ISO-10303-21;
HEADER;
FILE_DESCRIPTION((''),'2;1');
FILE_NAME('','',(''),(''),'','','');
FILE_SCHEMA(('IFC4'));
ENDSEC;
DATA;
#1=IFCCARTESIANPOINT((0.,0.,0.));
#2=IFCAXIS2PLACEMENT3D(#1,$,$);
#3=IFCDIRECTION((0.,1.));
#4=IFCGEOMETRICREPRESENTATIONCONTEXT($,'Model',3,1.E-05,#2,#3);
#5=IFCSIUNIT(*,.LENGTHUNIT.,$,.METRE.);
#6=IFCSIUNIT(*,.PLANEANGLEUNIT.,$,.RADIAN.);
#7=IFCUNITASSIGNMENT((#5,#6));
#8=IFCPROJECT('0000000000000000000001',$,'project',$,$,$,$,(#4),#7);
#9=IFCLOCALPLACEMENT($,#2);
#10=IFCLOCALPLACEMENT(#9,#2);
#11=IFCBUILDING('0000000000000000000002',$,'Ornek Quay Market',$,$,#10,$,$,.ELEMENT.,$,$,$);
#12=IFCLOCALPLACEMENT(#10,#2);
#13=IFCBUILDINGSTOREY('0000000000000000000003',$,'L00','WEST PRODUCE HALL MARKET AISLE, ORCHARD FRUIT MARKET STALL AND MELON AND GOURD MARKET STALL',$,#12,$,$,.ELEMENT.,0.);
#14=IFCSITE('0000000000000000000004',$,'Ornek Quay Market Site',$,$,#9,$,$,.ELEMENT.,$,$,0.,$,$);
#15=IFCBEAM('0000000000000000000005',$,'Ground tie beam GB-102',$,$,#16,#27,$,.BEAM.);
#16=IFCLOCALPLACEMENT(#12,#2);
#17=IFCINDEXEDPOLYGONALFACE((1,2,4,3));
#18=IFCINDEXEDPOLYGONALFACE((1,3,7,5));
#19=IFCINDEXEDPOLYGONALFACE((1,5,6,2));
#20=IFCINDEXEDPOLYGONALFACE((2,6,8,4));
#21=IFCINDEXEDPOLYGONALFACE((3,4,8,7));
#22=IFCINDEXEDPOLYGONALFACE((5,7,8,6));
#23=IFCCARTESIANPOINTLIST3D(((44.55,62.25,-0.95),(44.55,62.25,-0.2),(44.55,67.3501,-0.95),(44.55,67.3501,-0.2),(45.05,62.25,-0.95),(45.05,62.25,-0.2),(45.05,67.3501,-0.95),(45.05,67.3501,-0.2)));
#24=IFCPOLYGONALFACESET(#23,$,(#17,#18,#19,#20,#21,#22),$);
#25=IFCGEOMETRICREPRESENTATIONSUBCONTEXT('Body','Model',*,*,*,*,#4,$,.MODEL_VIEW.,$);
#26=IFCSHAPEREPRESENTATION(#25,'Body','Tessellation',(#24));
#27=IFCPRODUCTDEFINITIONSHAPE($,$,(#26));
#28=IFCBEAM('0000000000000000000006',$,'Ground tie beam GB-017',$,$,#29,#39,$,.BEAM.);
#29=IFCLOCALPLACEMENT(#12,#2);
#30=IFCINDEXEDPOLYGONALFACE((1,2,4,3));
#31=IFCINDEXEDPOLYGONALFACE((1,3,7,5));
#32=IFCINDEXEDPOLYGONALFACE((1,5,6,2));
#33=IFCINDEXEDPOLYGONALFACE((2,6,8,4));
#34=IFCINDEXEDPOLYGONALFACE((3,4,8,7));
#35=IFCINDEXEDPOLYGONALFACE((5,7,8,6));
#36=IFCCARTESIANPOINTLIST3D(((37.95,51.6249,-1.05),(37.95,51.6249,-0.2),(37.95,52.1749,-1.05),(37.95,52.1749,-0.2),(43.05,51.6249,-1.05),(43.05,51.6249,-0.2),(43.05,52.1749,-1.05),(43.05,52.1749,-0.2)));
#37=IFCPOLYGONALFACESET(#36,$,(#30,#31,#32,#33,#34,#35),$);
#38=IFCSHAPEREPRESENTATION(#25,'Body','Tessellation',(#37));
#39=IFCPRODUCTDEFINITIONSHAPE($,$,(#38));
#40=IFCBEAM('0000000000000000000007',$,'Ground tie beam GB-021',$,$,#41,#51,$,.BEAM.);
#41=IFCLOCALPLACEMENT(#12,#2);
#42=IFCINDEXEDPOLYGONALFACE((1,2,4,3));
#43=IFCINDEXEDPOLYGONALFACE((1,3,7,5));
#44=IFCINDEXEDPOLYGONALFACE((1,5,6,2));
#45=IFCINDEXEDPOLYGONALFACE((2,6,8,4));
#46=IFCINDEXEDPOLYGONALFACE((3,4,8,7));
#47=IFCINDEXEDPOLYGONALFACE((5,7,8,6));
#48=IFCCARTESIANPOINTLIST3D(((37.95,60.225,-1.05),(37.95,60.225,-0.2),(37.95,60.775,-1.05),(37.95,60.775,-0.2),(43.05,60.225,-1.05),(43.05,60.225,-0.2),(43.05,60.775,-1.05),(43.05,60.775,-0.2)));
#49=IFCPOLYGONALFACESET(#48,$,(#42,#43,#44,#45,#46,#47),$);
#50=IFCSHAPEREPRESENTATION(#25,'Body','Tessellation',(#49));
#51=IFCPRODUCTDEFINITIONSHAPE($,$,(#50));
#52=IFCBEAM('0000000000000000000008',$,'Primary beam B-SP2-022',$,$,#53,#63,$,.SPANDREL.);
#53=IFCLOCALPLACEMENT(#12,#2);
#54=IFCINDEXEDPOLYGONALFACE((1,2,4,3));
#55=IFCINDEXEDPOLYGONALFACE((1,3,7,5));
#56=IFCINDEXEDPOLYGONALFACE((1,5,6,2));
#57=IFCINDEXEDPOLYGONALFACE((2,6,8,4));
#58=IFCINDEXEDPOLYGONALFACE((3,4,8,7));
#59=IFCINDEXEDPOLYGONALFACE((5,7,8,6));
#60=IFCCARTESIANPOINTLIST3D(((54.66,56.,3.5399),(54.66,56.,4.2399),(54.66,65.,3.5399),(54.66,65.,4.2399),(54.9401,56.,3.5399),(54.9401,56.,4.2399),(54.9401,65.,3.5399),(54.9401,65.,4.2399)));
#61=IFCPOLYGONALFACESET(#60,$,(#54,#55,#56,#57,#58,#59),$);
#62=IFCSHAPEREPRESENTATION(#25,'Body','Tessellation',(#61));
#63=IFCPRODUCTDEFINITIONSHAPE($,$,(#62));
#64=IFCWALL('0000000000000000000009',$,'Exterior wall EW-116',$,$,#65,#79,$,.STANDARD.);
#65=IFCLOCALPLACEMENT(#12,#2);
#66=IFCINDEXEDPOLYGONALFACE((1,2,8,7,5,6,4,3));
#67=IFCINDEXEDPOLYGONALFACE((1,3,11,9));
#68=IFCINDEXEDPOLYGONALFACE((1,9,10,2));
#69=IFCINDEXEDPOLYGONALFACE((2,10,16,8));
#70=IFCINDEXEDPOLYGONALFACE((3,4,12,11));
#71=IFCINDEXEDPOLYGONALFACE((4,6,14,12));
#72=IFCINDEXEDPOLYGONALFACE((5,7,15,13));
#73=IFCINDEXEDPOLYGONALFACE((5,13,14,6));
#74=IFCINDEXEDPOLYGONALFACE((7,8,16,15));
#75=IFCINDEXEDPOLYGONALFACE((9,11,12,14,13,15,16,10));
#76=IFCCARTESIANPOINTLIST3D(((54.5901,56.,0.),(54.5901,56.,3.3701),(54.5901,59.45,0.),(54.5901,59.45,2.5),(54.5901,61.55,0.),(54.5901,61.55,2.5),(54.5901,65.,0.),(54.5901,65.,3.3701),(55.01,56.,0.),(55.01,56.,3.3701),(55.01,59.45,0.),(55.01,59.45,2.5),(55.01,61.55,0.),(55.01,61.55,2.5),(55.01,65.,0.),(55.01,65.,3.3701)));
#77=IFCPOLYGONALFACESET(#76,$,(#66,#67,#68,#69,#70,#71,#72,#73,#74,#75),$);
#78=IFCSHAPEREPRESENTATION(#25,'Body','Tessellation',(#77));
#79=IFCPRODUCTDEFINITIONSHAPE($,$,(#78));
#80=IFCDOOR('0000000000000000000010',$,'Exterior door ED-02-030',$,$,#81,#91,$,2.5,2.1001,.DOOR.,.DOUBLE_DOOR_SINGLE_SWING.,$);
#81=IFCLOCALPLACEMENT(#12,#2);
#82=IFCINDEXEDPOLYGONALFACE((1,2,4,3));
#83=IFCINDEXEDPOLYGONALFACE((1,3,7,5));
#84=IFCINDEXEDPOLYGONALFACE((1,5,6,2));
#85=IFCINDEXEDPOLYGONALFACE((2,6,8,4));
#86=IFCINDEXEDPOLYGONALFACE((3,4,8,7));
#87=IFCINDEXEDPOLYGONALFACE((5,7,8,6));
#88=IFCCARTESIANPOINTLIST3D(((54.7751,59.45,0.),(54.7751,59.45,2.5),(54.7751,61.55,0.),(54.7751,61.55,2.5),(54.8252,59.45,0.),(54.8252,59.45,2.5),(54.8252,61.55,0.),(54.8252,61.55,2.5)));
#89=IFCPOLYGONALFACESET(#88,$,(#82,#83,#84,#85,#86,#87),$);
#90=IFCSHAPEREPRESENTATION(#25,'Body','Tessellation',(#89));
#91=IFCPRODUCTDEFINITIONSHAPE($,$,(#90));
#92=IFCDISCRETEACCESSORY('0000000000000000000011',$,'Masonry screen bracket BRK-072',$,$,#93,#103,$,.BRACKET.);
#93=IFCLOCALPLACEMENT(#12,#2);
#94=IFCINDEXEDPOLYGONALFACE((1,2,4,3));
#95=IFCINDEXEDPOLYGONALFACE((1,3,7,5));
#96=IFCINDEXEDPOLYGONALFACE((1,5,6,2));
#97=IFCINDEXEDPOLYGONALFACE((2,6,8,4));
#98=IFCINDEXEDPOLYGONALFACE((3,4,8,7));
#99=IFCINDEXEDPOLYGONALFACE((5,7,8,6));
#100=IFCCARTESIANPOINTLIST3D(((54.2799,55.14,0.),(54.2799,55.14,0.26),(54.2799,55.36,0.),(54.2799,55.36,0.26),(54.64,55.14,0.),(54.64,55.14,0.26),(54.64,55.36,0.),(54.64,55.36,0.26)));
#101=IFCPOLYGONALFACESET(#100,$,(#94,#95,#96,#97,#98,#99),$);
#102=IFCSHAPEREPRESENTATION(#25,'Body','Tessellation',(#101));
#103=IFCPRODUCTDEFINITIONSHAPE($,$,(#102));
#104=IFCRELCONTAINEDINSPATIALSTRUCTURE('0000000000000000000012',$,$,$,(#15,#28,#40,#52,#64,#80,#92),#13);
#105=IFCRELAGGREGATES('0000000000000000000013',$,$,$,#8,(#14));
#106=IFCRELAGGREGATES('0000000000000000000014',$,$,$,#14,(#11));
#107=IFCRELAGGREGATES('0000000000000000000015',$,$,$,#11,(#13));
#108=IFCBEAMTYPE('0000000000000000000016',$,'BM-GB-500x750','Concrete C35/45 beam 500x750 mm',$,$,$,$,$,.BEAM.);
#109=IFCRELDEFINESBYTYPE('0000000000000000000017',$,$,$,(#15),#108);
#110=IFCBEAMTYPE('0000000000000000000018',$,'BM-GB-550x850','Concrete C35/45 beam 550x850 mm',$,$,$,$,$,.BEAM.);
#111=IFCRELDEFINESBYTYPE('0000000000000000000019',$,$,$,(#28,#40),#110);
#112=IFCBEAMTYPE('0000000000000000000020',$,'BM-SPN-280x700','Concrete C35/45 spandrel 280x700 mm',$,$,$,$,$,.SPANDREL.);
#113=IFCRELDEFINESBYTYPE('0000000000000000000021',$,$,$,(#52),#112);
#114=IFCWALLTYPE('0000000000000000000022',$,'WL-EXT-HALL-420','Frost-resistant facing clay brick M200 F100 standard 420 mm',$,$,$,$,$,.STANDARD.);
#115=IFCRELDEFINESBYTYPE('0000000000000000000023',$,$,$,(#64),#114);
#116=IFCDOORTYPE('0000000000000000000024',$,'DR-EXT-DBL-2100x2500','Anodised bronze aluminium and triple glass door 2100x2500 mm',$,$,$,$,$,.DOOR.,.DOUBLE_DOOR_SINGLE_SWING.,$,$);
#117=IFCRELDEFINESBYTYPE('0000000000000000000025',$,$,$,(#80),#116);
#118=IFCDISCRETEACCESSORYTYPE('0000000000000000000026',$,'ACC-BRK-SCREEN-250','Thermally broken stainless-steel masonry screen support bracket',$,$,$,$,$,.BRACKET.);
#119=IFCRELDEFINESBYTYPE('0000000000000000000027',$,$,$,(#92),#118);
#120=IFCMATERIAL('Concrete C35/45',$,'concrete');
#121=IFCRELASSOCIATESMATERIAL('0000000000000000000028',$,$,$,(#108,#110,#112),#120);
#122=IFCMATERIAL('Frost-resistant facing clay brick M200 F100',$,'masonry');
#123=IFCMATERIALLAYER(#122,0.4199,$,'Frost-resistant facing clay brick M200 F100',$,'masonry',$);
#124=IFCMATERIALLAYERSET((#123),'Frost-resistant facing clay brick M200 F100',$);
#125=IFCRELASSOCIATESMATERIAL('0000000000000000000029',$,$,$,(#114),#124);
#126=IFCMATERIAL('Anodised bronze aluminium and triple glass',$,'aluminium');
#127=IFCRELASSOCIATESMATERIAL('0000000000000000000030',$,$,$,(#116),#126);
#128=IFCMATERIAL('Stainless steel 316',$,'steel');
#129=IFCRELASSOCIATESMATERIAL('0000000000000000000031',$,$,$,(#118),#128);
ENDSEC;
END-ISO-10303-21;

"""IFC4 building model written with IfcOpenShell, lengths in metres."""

from ifc_helpers import new_model, si_unit, direction, frame, frame_2d, origin, origin_2d, place, context, subcontext, project, spatial, rectangle, extrude, material, layer, layer_set, material_profile, profile_set, type_object, element, fill, save


model = new_model("IFC4")

# Units and contexts
model_context = context("Model", 3, precision=1e-05, world=origin(), true_north=direction((0.0, 1.0)))
body_context = subcontext(model_context, "Body", "Model", "MODEL_VIEW")
ifc_project = project(units=[si_unit("LENGTHUNIT", "METRE"), si_unit("PLANEANGLEUNIT", "RADIAN")], contexts=[model_context])

# Site, building, storey
site_placement = place(None, origin())
site = spatial("IfcSite", under=ifc_project, at=site_placement, Name="Ornek Quay Market Site", CompositionType="ELEMENT", RefElevation=0.0)
building_placement = place(site_placement, origin())
building = spatial("IfcBuilding", under=site, at=building_placement, Name="Ornek Quay Market", CompositionType="ELEMENT")
storey_placement = place(building_placement, origin())
storey = spatial("IfcBuildingStorey", under=building, at=storey_placement, Name="L00", Description="WEST PRODUCE HALL MARKET AISLE, ORCHARD FRUIT MARKET STALL AND MELON AND GOURD MARKET STALL", CompositionType="ELEMENT", Elevation=0.0)

# Shared definitions
ifc_material_1 = material(Name="Concrete C35/45", Category="concrete")

# Beams
ifc_material_profile_1 = material_profile(ifc_material_1, rectangle(XDim=0.5, YDim=0.75, at=origin_2d()), Name="RC 500x750", Category="concrete")
ifc_profile_set_1 = profile_set([ifc_material_profile_1], Name="Concrete C35/45")
beam_type_1 = type_object("IfcBeamType", Name="BM-GB-500x750", Description="Concrete C35/45 beam 500x750 mm", PredefinedType="BEAM", material=ifc_profile_set_1)
for number, where, z_axis, x_axis, name in (
    (1, (44.8, 62.25, -0.575), (0.0, 1.0, 0.0), (-1.0, 0.0, 0.0), "Ground tie beam GB-102"),
):
    element("IfcBeam", number, at=place(storey_placement, frame(where, z_axis=z_axis, x_axis=x_axis)), inside=storey, type_object=beam_type_1, Name=name, PredefinedType="BEAM", context=body_context, shape_type="SweptSolid", body=[
        extrude(rectangle(XDim=0.5, YDim=0.75, at=origin_2d()), origin(), (0.0, 0.0, 1.0), 5.1001),
    ])
ifc_material_profile_2 = material_profile(ifc_material_1, rectangle(XDim=0.55, YDim=0.8501, at=origin_2d()), Name="RC 550x850", Category="concrete")
ifc_profile_set_2 = profile_set([ifc_material_profile_2], Name="Concrete C35/45")
beam_type_2 = type_object("IfcBeamType", Name="BM-GB-550x850", Description="Concrete C35/45 beam 550x850 mm", PredefinedType="BEAM", material=ifc_profile_set_2)
for number, where, z_axis, x_axis, name in (
    (2, (37.95, 51.8999, -0.625), (1.0, 0.0, 0.0), (0.0, 1.0, 0.0), "Ground tie beam GB-017"),
    (3, (37.95, 60.5, -0.625), (1.0, 0.0, 0.0), (0.0, 1.0, 0.0), "Ground tie beam GB-021"),
):
    element("IfcBeam", number, at=place(storey_placement, frame(where, z_axis=z_axis, x_axis=x_axis)), inside=storey, type_object=beam_type_2, Name=name, PredefinedType="BEAM", context=body_context, shape_type="SweptSolid", body=[
        extrude(rectangle(XDim=0.55, YDim=0.8501, at=origin_2d()), origin(), (0.0, 0.0, 1.0), 5.1001),
    ])
ifc_material_profile_3 = material_profile(ifc_material_1, rectangle(XDim=0.28, YDim=0.7, at=origin_2d()), Name="RC 280x700", Category="concrete")
ifc_profile_set_3 = profile_set([ifc_material_profile_3], Name="Concrete C35/45")
beam_type_3 = type_object("IfcBeamType", Name="BM-SPN-280x700", Description="Concrete C35/45 spandrel 280x700 mm", PredefinedType="SPANDREL", material=ifc_profile_set_3)
beam_1_placement = place(storey_placement, frame((54.8, 56.0, 3.8899), z_axis=(0.0, 1.0, 0.0), x_axis=(-1.0, 0.0, 0.0)))
element("IfcBeam", 4, at=beam_1_placement, inside=storey, type_object=beam_type_3, Name="Primary beam B-SP2-022", PredefinedType="SPANDREL", context=body_context, shape_type="SweptSolid", body=[
    extrude(rectangle(XDim=0.28, YDim=0.7, at=origin_2d()), origin(), (0.0, 0.0, 1.0), 9.0),
])

# Wall, opening, door
ifc_material_2 = material(Name="Frost-resistant facing clay brick M200 F100", Category="masonry")
ifc_layer = layer(ifc_material_2, 0.4199, Name="Frost-resistant facing clay brick M200 F100", Category="masonry")
ifc_layer_set = layer_set([ifc_layer], Name="Frost-resistant facing clay brick M200 F100")
wall_type = type_object("IfcWallType", Name="WL-EXT-HALL-420", Description="Frost-resistant facing clay brick M200 F100 standard 420 mm", PredefinedType="STANDARD", material=ifc_layer_set)
wall_placement = place(storey_placement, frame((54.8, 56.0, 0.0), z_axis=(0.0, 0.0, 1.0), x_axis=(0.0, 1.0, 0.0)))
wall = element("IfcWall", 5, at=wall_placement, inside=storey, type_object=wall_type, Name="Exterior wall EW-116", PredefinedType="STANDARD", context=body_context, shape_type="SweptSolid", body=[
    extrude(rectangle(XDim=9.0, YDim=0.4199, at=frame_2d((4.5, 0.0))), origin(), (0.0, 0.0, 1.0), 3.3701),
])
opening_placement = place(wall_placement, frame((3.45, 0.0, 0.0)))
opening = element("IfcOpeningElement", 6, at=opening_placement, cuts=wall, PredefinedType="OPENING", context=body_context, shape_type="SweptSolid", body=[
    extrude(rectangle(XDim=2.1001, YDim=2.5, at=frame_2d((1.05, 1.25))), frame((0.0, 0.22, 0.0), z_axis=(0.0, -1.0, 0.0), x_axis=(1.0, 0.0, 0.0)), (0.0, 0.0, 1.0), 0.4399),
])
ifc_material_3 = material(Name="Anodised bronze aluminium and triple glass", Category="aluminium")
door_type = type_object("IfcDoorType", Name="DR-EXT-DBL-2100x2500", Description="Anodised bronze aluminium and triple glass door 2100x2500 mm", OperationType="DOUBLE_DOOR_SINGLE_SWING", PredefinedType="DOOR", material=ifc_material_3)
door_placement = place(opening_placement, origin())
door = element("IfcDoor", 7, at=door_placement, inside=storey, type_object=door_type, Name="Exterior door ED-02-030", OperationType="DOUBLE_DOOR_SINGLE_SWING", OverallHeight=2.5, OverallWidth=2.1001, PredefinedType="DOOR", context=body_context, shape_type="SweptSolid", body=[
    extrude(rectangle(XDim=2.1001, YDim=2.5, at=frame_2d((1.05, 1.25))), frame((0.0, 0.0249, 0.0), z_axis=(0.0, -1.0, 0.0), x_axis=(1.0, 0.0, 0.0)), (0.0, 0.0, 1.0), 0.05),
])
fill(opening, door)

# Discrete accessory
ifc_material_4 = material(Name="Stainless steel 316", Category="steel")
discrete_accessory_type = type_object("IfcDiscreteAccessoryType", Name="ACC-BRK-SCREEN-250", Description="Thermally broken stainless-steel masonry screen support bracket", PredefinedType="BRACKET", material=ifc_material_4)
discrete_accessory_placement = place(storey_placement, frame((54.46, 55.25, 0.0), z_axis=(0.0, 0.0, 1.0), x_axis=(0.0, 1.0, 0.0)))
element("IfcDiscreteAccessory", 8, at=discrete_accessory_placement, inside=storey, type_object=discrete_accessory_type, Name="Masonry screen bracket BRK-072", PredefinedType="BRACKET", context=body_context, shape_type="SweptSolid", body=[
    extrude(rectangle(XDim=0.22, YDim=0.3601, at=origin_2d()), origin(), (0.0, 0.0, 1.0), 0.26),
])

save(model, "model.ifc")
